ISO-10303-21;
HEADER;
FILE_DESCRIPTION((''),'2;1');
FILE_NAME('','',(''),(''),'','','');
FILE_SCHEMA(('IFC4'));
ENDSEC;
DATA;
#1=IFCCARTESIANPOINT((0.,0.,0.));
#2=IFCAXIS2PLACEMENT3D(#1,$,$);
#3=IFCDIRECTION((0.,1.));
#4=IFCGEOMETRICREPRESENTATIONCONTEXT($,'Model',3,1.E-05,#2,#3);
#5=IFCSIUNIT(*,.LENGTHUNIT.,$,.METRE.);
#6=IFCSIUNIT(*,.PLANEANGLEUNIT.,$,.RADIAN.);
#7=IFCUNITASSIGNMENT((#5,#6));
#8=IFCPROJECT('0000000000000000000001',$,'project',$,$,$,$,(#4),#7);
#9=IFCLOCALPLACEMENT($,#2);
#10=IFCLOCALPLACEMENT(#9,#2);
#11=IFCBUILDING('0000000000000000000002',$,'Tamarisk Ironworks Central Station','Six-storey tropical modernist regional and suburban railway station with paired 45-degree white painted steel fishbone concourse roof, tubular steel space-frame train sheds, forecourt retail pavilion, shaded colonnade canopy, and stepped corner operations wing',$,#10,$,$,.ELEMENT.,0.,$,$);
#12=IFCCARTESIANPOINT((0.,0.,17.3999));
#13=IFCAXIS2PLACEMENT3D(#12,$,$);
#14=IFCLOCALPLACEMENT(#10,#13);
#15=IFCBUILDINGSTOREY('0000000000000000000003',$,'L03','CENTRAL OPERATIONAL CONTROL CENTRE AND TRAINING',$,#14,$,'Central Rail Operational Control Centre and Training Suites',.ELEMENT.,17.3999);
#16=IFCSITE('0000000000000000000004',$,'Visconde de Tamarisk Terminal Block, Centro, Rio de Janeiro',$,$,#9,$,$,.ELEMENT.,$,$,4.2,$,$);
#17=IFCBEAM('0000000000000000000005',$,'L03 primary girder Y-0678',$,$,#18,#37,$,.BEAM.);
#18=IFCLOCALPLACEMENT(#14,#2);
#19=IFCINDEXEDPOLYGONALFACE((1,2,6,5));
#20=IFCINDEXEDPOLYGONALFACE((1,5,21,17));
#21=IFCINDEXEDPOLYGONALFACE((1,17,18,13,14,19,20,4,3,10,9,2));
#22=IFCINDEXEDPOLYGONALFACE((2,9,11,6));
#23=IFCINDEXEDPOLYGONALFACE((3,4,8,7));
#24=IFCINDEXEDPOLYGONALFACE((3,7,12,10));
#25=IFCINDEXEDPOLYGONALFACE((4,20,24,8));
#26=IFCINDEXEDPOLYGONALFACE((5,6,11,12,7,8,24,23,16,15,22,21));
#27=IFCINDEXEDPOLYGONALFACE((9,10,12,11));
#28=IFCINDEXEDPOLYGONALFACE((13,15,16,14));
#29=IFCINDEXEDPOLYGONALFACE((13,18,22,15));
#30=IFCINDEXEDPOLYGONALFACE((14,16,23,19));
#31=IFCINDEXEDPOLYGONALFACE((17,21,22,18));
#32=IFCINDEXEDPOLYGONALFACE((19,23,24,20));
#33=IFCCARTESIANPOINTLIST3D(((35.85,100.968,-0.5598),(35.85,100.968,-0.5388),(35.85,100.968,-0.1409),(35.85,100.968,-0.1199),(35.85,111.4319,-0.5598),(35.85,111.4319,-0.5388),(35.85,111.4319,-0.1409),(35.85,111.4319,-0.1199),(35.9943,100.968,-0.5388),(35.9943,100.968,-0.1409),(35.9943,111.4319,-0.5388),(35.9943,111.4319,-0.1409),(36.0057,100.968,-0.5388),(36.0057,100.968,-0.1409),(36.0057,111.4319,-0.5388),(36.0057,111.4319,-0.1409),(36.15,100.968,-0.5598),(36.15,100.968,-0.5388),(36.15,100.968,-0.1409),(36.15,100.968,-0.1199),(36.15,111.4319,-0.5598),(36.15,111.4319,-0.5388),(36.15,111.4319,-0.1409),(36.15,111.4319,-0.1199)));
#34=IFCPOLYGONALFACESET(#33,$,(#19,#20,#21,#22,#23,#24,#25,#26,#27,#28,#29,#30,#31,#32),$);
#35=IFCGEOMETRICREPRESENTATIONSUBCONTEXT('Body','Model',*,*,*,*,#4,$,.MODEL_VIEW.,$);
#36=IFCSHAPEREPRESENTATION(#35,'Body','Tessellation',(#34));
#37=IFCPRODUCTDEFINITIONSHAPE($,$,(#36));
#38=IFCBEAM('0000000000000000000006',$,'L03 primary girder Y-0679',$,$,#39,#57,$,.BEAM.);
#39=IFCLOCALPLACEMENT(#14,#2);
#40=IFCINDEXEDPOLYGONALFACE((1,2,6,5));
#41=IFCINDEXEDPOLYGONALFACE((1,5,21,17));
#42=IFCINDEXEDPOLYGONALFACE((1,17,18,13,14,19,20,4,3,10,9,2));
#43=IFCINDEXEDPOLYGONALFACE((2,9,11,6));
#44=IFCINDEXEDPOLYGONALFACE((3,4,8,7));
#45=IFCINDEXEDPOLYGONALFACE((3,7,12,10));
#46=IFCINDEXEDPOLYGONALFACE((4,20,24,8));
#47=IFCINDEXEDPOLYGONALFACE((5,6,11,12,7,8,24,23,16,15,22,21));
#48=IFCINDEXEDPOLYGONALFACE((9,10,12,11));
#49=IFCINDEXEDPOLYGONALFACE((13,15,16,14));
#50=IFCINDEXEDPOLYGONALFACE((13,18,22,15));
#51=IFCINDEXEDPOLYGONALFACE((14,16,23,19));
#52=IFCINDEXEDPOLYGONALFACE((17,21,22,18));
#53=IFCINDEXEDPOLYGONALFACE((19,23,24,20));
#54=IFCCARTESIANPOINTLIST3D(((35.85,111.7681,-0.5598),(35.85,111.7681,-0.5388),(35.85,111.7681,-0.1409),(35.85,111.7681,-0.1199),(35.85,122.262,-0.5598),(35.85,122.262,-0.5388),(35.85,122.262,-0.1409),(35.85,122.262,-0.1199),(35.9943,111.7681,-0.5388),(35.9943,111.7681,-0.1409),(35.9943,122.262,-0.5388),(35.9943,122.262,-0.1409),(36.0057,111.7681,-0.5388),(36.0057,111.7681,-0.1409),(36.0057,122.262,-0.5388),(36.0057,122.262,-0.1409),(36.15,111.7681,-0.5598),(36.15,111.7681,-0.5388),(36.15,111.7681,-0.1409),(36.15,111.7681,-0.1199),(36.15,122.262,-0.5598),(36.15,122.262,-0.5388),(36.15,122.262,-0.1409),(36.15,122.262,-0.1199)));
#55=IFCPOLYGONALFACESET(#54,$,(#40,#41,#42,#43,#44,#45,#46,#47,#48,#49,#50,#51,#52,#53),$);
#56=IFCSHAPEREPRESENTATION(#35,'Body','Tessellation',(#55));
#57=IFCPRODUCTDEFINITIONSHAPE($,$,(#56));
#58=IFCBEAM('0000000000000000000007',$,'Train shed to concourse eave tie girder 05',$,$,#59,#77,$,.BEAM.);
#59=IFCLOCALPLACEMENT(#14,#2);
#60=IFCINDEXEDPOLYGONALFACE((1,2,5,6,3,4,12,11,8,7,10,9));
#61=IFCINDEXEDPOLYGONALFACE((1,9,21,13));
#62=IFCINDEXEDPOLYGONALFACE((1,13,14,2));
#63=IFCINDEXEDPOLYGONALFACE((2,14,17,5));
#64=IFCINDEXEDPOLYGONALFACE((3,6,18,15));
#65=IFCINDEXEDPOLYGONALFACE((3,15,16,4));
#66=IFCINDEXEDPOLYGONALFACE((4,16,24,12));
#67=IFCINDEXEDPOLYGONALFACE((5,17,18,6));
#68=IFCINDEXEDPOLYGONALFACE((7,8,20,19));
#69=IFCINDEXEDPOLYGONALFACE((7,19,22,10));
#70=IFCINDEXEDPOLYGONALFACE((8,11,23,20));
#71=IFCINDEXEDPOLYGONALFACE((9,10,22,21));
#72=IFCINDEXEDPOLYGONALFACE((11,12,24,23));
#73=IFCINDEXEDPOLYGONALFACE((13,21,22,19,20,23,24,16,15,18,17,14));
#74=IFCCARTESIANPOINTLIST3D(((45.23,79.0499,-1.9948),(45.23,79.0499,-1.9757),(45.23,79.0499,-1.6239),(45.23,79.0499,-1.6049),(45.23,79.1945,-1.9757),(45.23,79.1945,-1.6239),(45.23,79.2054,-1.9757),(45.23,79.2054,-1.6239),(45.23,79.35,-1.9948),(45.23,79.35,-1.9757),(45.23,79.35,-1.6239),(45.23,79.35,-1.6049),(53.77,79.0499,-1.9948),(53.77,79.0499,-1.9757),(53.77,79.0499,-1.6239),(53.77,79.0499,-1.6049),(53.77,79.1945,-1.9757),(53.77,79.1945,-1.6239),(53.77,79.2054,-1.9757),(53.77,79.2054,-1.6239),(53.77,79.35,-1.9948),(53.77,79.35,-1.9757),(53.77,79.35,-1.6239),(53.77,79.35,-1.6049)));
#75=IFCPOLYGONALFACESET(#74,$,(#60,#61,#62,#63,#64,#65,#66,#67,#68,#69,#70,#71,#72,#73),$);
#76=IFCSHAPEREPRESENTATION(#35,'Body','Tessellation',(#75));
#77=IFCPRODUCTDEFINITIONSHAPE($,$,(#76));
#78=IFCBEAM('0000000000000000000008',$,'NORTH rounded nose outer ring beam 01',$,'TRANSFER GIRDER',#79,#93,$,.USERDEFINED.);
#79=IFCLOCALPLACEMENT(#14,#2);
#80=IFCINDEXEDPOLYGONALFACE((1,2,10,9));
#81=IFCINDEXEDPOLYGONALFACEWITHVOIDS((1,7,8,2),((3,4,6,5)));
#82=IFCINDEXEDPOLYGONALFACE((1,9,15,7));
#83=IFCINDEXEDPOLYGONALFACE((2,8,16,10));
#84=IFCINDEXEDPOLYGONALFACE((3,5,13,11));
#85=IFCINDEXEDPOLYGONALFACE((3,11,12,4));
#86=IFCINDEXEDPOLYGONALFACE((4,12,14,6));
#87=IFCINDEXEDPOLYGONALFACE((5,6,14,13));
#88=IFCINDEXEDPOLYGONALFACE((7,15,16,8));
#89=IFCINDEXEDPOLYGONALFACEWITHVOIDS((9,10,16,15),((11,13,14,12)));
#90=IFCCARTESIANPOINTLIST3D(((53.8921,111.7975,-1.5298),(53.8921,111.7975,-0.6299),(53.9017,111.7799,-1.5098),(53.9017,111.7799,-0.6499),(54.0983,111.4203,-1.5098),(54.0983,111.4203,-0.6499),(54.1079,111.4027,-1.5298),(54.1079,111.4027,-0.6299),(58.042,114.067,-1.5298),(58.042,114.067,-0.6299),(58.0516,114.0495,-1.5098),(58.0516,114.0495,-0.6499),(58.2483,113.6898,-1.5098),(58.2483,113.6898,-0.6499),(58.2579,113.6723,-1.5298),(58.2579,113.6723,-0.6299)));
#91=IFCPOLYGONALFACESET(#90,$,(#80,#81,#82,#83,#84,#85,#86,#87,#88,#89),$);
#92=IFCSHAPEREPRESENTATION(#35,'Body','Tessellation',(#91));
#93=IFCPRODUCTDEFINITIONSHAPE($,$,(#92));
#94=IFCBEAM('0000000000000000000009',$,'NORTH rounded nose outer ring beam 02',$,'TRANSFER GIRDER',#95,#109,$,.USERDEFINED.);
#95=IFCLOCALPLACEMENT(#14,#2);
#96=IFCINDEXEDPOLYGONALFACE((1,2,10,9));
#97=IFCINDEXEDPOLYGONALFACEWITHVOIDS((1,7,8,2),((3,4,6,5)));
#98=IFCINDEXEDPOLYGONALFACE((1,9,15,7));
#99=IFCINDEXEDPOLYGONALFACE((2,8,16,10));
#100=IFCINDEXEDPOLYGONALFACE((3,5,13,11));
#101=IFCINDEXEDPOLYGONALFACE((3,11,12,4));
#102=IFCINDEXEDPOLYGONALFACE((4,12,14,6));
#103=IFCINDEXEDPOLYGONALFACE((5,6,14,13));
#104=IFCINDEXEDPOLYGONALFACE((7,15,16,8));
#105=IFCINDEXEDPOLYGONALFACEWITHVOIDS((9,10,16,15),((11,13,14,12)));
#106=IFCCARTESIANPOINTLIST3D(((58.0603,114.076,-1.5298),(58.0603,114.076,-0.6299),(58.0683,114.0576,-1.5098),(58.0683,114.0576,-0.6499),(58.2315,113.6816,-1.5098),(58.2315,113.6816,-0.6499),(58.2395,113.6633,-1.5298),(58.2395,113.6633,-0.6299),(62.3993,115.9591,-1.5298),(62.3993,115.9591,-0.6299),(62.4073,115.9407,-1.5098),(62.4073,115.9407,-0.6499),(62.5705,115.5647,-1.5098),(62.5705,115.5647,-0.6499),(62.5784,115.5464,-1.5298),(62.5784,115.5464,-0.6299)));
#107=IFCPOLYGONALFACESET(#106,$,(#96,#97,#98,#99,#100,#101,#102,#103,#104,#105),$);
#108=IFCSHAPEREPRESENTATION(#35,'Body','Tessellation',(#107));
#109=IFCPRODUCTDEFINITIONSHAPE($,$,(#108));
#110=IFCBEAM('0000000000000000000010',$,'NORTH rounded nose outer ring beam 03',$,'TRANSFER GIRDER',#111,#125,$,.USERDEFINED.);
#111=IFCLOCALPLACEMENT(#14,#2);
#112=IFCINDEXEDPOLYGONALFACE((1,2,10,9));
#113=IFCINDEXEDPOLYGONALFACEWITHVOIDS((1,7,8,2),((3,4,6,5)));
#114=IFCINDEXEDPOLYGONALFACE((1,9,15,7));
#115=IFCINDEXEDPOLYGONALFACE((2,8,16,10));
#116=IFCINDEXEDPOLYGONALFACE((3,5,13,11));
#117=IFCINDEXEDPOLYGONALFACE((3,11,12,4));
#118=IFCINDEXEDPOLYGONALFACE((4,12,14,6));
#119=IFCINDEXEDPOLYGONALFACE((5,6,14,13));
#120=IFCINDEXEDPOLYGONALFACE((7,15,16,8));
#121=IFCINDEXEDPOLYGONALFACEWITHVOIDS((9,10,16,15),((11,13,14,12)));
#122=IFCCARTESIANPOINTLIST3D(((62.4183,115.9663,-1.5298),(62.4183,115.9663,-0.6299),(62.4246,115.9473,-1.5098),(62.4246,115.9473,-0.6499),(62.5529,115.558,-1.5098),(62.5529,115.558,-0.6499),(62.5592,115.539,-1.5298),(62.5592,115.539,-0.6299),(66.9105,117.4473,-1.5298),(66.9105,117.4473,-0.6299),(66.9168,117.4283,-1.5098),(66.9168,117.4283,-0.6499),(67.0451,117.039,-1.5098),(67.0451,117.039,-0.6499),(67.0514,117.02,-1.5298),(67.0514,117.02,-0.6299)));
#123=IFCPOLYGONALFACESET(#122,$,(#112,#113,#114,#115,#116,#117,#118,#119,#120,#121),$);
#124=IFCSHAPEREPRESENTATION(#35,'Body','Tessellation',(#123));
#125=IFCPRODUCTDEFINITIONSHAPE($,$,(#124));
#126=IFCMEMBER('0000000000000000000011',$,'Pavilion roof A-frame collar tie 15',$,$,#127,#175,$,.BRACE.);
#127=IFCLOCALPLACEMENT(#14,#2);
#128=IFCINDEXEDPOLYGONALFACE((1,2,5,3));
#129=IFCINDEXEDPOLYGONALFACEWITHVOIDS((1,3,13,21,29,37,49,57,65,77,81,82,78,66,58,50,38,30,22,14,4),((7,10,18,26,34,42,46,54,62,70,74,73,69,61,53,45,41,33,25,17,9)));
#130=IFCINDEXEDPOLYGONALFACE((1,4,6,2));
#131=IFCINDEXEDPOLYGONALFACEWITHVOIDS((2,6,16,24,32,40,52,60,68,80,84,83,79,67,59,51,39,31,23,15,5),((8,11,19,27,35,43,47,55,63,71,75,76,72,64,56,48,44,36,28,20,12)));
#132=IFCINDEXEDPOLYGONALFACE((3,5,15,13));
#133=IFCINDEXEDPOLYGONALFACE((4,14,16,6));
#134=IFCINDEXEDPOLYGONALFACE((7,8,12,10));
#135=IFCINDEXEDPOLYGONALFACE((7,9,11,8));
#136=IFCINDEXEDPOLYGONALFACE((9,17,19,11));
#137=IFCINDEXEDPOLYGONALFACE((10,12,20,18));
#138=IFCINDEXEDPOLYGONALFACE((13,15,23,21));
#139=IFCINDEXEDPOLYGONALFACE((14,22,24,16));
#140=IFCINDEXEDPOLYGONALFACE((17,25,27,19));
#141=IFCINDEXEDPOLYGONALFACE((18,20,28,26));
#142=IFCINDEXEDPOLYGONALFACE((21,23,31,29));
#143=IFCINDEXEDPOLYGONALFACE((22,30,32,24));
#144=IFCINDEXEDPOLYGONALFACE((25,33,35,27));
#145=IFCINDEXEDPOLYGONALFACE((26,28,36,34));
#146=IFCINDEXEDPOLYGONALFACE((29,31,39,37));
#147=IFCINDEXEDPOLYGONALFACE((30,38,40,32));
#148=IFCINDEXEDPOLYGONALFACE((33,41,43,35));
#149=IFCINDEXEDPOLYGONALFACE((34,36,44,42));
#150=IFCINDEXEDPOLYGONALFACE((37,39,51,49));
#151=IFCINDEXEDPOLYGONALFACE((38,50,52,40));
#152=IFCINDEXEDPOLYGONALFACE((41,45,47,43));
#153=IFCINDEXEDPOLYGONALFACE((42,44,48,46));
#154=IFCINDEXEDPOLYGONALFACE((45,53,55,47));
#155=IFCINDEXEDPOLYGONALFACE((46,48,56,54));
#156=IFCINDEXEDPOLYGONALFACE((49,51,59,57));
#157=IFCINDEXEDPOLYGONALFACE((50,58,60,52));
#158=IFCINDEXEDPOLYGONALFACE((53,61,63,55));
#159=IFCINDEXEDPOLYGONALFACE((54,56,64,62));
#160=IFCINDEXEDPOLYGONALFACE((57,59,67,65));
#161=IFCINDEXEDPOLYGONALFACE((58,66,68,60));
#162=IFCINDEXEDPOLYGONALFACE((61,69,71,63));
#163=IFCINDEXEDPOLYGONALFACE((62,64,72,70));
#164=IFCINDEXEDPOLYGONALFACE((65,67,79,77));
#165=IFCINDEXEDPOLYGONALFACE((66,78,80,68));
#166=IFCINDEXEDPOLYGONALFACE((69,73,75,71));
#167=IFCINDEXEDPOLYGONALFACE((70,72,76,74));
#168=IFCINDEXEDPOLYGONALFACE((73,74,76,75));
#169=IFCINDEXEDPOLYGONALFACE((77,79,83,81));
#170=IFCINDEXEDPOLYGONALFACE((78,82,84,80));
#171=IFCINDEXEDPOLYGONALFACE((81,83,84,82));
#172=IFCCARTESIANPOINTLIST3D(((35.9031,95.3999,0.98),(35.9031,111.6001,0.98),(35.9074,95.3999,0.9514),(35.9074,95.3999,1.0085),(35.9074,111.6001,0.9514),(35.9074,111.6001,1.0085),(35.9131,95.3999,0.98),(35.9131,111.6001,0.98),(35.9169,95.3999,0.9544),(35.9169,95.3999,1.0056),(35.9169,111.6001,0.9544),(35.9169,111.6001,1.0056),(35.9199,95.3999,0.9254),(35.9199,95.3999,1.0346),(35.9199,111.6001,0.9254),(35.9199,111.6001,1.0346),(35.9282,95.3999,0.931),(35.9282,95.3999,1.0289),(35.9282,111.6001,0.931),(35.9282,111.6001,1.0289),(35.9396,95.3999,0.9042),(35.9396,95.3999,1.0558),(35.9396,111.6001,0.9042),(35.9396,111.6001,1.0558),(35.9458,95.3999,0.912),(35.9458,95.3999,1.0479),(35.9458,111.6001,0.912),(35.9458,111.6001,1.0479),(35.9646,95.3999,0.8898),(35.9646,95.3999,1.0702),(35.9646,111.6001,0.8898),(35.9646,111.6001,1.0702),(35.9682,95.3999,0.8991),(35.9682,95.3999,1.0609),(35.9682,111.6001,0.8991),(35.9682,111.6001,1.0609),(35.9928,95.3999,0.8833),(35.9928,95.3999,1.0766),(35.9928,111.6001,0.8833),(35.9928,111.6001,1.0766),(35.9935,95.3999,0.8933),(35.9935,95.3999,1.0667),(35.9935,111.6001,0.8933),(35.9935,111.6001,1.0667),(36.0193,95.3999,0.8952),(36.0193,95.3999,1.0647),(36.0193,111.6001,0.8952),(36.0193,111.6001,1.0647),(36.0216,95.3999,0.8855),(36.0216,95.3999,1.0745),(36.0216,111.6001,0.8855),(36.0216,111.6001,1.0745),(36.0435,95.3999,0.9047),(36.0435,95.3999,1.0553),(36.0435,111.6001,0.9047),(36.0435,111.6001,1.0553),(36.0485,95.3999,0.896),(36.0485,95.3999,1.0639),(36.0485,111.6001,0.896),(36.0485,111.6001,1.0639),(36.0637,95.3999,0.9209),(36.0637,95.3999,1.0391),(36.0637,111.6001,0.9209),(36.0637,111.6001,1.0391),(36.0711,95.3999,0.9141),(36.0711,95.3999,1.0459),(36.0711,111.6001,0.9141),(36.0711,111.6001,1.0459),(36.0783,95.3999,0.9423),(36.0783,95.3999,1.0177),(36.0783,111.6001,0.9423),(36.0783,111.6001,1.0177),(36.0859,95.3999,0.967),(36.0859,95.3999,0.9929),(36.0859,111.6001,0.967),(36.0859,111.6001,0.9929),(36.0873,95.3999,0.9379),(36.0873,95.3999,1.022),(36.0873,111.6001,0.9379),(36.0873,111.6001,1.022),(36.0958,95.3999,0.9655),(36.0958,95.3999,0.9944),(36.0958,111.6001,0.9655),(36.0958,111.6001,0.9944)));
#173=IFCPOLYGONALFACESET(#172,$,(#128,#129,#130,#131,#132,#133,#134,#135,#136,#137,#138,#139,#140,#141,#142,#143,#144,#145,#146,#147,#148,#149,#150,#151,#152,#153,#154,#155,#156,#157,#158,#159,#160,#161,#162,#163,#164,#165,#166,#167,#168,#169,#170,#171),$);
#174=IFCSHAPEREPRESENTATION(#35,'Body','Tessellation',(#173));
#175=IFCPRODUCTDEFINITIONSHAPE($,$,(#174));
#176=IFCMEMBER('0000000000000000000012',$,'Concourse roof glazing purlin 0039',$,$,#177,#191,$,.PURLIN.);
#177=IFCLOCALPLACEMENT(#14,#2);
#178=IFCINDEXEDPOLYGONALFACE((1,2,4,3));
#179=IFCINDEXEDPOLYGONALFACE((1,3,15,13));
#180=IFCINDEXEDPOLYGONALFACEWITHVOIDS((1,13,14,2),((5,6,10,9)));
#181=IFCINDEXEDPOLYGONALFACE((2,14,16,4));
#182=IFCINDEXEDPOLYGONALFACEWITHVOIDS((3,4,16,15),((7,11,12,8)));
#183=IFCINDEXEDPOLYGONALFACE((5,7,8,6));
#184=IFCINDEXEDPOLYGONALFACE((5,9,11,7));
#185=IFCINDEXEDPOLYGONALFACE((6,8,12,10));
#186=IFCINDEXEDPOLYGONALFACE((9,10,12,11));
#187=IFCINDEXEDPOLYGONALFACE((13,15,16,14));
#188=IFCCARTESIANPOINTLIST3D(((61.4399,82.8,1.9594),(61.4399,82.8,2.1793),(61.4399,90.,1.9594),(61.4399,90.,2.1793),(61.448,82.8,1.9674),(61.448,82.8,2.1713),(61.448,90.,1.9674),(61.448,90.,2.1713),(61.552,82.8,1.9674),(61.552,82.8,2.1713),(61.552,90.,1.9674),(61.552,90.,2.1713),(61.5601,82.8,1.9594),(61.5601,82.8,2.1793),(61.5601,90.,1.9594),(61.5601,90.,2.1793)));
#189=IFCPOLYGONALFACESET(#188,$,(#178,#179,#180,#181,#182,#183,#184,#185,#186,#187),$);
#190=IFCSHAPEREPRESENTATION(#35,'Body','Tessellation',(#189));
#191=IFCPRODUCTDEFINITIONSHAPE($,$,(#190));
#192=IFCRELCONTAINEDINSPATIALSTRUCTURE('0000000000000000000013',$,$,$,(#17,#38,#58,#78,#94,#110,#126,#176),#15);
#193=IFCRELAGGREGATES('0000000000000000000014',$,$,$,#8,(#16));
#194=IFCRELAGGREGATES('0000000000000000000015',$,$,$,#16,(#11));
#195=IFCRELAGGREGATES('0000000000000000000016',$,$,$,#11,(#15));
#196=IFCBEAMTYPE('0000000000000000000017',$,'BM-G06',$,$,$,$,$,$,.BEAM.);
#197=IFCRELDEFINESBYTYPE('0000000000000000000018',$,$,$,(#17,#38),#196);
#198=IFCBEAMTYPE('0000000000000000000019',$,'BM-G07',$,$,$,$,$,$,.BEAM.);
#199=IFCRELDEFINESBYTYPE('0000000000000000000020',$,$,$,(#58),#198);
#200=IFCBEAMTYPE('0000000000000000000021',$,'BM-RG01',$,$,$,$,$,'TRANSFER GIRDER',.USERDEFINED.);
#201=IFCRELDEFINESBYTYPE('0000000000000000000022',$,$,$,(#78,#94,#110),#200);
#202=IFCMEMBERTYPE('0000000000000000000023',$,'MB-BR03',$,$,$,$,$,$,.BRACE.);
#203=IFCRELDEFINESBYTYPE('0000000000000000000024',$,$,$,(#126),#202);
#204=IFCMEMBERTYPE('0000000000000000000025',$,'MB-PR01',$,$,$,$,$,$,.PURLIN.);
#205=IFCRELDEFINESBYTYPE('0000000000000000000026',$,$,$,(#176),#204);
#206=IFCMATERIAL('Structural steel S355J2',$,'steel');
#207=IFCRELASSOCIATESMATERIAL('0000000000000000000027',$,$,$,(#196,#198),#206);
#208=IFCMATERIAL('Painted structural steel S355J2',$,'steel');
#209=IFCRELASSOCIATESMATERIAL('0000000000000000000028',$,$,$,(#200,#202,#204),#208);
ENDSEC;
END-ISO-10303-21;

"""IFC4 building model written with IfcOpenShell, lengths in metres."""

from ifc_helpers import new_model, si_unit, direction, frame, origin, origin_2d, place, context, subcontext, project, spatial, hollow_rectangle, hollow_circle, i_section, extrude, material, material_profile, profile_set, type_object, element, save


model = new_model("IFC4")

# Units and contexts
model_context = context("Model", 3, precision=1e-05, world=origin(), true_north=direction((0.0, 1.0)))
body_context = subcontext(model_context, "Body", "Model", "MODEL_VIEW")
ifc_project = project(units=[si_unit("LENGTHUNIT", "METRE"), si_unit("PLANEANGLEUNIT", "RADIAN")], contexts=[model_context])

# Site, building, storey
site_placement = place(None, origin())
site = spatial("IfcSite", under=ifc_project, at=site_placement, Name="Visconde de Tamarisk Terminal Block, Centro, Rio de Janeiro", CompositionType="ELEMENT", RefElevation=4.2)
building_placement = place(site_placement, origin())
building = spatial("IfcBuilding", under=site, at=building_placement, Name="Tamarisk Ironworks Central Station", Description="Six-storey tropical modernist regional and suburban railway station with paired 45-degree white painted steel fishbone concourse roof, tubular steel space-frame train sheds, forecourt retail pavilion, shaded colonnade canopy, and stepped corner operations wing", CompositionType="ELEMENT", ElevationOfRefHeight=0.0)
storey_placement = place(building_placement, frame((0.0, 0.0, 17.3999)))
storey = spatial("IfcBuildingStorey", under=building, at=storey_placement, Name="L03", Description="CENTRAL OPERATIONAL CONTROL CENTRE AND TRAINING", LongName="Central Rail Operational Control Centre and Training Suites", CompositionType="ELEMENT", Elevation=17.3999)

# Shared definitions
ifc_material_1 = material(Name="Structural steel S355J2", Category="steel")

# Beams
ifc_material_2 = material(Name="Painted structural steel S355J2", Category="steel")
ifc_material_profile_1 = material_profile(ifc_material_1, i_section(OverallWidth=0.3, OverallDepth=0.4399, WebThickness=0.0115, FlangeThickness=0.021, at=origin_2d()), Name="HEA 450")
ifc_profile_set_1 = profile_set([ifc_material_profile_1], Name="Structural steel S355J2")
beam_type_1 = type_object("IfcBeamType", Name="BM-G06", PredefinedType="BEAM", material=ifc_profile_set_1)
beam_1_placement = place(storey_placement, frame((36.0, 100.968, -0.3398), z_axis=(0.0, 1.0, 0.0), x_axis=(-1.0, 0.0, 0.0)))
element("IfcBeam", 1, at=beam_1_placement, inside=storey, type_object=beam_type_1, Name="L03 primary girder Y-0678", PredefinedType="BEAM", context=body_context, shape_type="SweptSolid", body=[
    extrude(i_section(OverallWidth=0.3, OverallDepth=0.4399, WebThickness=0.0115, FlangeThickness=0.021, at=origin_2d()), origin(), (0.0, 0.0, 1.0), 10.4639),
])
beam_2_placement = place(storey_placement, frame((36.0, 111.7681, -0.3398), z_axis=(0.0, 1.0, 0.0), x_axis=(-1.0, 0.0, 0.0)))
element("IfcBeam", 2, at=beam_2_placement, inside=storey, type_object=beam_type_1, Name="L03 primary girder Y-0679", PredefinedType="BEAM", context=body_context, shape_type="SweptSolid", body=[
    extrude(i_section(OverallWidth=0.3, OverallDepth=0.4399, WebThickness=0.0115, FlangeThickness=0.021, at=origin_2d()), origin(), (0.0, 0.0, 1.0), 10.4939),
])
ifc_material_profile_2 = material_profile(ifc_material_1, i_section(OverallWidth=0.3, OverallDepth=0.3899, WebThickness=0.011, FlangeThickness=0.019, at=origin_2d()), Name="HEA 400")
ifc_profile_set_2 = profile_set([ifc_material_profile_2], Name="Structural steel S355J2")
beam_type_2 = type_object("IfcBeamType", Name="BM-G07", PredefinedType="BEAM", material=ifc_profile_set_2)
beam_3_placement = place(storey_placement, frame((45.23, 79.2, -1.7998), z_axis=(1.0, 0.0, 0.0), x_axis=(0.0, 1.0, 0.0)))
element("IfcBeam", 3, at=beam_3_placement, inside=storey, type_object=beam_type_2, Name="Train shed to concourse eave tie girder 05", PredefinedType="BEAM", context=body_context, shape_type="SweptSolid", body=[
    extrude(i_section(OverallWidth=0.3, OverallDepth=0.3899, WebThickness=0.011, FlangeThickness=0.019, at=origin_2d()), origin(), (0.0, 0.0, 1.0), 8.54),
])
ifc_material_profile_3 = material_profile(ifc_material_2, hollow_rectangle(XDim=0.45, YDim=0.8999, WallThickness=0.02, at=origin_2d()), Name="BOX 450x900x20")
ifc_profile_set_3 = profile_set([ifc_material_profile_3], Name="Painted structural steel S355J2")
beam_type_3 = type_object("IfcBeamType", Name="BM-RG01", ElementType="TRANSFER GIRDER", PredefinedType="USERDEFINED", material=ifc_profile_set_3)
for number, where, z_axis, x_axis, name in (
    (4, (54.0, 111.6001, -1.0798), (0.877366, 0.479821, 0.0), (-0.479821, 0.877366, 0.0), "NORTH rounded nose outer ring beam 01"),
    (5, (58.1499, 113.8696, -1.0798), (0.917333, 0.39812, 0.0), (-0.39812, 0.917333, 0.0), "NORTH rounded nose outer ring beam 02"),
    (6, (62.4888, 115.7527, -1.0798), (0.949721, 0.313098, 0.0), (-0.313098, 0.949721, 0.0), "NORTH rounded nose outer ring beam 03"),
):
    element("IfcBeam", number, at=place(storey_placement, frame(where, z_axis=z_axis, x_axis=x_axis)), inside=storey, type_object=beam_type_3, Name=name, ObjectType="TRANSFER GIRDER", PredefinedType="USERDEFINED", context=body_context, shape_type="SweptSolid", body=[
        extrude(hollow_rectangle(XDim=0.45, YDim=0.8999, WallThickness=0.02, at=origin_2d()), origin(), (0.0, 0.0, 1.0), 4.73),
    ])

# Members
ifc_material_profile_4 = material_profile(ifc_material_2, hollow_circle(Radius=0.0969, WallThickness=0.01, at=origin_2d()), Name="CHS 193.7x10")
ifc_profile_set_4 = profile_set([ifc_material_profile_4], Name="Painted structural steel S355J2")
member_type_1 = type_object("IfcMemberType", Name="MB-BR03", PredefinedType="BRACE", material=ifc_profile_set_4)
member_1_placement = place(storey_placement, frame((36.0, 95.3999, 0.98), z_axis=(0.0, 1.0, 0.0), x_axis=(-1.0, 0.0, 0.0)))
element("IfcMember", 7, at=member_1_placement, inside=storey, type_object=member_type_1, Name="Pavilion roof A-frame collar tie 15", PredefinedType="BRACE", context=body_context, shape_type="SweptSolid", body=[
    extrude(hollow_circle(Radius=0.0969, WallThickness=0.01, at=origin_2d()), origin(), (0.0, 0.0, 1.0), 16.2002),
])
ifc_material_profile_5 = material_profile(ifc_material_2, hollow_rectangle(XDim=0.1201, YDim=0.22, WallThickness=0.0081, at=origin_2d()), Name="RHS 220x120x8")
ifc_profile_set_5 = profile_set([ifc_material_profile_5], Name="Painted structural steel S355J2")
member_type_2 = type_object("IfcMemberType", Name="MB-PR01", PredefinedType="PURLIN", material=ifc_profile_set_5)
for number, where, z_axis, x_axis, name in (
    (8, (61.5, 82.8, 2.0693), (0.0, 1.0, 0.0), (-1.0, 0.0, 0.0), "Concourse roof glazing purlin 0039"),
):
    element("IfcMember", number, at=place(storey_placement, frame(where, z_axis=z_axis, x_axis=x_axis)), inside=storey, type_object=member_type_2, Name=name, PredefinedType="PURLIN", context=body_context, shape_type="SweptSolid", body=[
        extrude(hollow_rectangle(XDim=0.1201, YDim=0.22, WallThickness=0.0081, at=origin_2d()), origin(), (0.0, 0.0, 1.0), 7.2),
    ])

save(model, "model.ifc")
